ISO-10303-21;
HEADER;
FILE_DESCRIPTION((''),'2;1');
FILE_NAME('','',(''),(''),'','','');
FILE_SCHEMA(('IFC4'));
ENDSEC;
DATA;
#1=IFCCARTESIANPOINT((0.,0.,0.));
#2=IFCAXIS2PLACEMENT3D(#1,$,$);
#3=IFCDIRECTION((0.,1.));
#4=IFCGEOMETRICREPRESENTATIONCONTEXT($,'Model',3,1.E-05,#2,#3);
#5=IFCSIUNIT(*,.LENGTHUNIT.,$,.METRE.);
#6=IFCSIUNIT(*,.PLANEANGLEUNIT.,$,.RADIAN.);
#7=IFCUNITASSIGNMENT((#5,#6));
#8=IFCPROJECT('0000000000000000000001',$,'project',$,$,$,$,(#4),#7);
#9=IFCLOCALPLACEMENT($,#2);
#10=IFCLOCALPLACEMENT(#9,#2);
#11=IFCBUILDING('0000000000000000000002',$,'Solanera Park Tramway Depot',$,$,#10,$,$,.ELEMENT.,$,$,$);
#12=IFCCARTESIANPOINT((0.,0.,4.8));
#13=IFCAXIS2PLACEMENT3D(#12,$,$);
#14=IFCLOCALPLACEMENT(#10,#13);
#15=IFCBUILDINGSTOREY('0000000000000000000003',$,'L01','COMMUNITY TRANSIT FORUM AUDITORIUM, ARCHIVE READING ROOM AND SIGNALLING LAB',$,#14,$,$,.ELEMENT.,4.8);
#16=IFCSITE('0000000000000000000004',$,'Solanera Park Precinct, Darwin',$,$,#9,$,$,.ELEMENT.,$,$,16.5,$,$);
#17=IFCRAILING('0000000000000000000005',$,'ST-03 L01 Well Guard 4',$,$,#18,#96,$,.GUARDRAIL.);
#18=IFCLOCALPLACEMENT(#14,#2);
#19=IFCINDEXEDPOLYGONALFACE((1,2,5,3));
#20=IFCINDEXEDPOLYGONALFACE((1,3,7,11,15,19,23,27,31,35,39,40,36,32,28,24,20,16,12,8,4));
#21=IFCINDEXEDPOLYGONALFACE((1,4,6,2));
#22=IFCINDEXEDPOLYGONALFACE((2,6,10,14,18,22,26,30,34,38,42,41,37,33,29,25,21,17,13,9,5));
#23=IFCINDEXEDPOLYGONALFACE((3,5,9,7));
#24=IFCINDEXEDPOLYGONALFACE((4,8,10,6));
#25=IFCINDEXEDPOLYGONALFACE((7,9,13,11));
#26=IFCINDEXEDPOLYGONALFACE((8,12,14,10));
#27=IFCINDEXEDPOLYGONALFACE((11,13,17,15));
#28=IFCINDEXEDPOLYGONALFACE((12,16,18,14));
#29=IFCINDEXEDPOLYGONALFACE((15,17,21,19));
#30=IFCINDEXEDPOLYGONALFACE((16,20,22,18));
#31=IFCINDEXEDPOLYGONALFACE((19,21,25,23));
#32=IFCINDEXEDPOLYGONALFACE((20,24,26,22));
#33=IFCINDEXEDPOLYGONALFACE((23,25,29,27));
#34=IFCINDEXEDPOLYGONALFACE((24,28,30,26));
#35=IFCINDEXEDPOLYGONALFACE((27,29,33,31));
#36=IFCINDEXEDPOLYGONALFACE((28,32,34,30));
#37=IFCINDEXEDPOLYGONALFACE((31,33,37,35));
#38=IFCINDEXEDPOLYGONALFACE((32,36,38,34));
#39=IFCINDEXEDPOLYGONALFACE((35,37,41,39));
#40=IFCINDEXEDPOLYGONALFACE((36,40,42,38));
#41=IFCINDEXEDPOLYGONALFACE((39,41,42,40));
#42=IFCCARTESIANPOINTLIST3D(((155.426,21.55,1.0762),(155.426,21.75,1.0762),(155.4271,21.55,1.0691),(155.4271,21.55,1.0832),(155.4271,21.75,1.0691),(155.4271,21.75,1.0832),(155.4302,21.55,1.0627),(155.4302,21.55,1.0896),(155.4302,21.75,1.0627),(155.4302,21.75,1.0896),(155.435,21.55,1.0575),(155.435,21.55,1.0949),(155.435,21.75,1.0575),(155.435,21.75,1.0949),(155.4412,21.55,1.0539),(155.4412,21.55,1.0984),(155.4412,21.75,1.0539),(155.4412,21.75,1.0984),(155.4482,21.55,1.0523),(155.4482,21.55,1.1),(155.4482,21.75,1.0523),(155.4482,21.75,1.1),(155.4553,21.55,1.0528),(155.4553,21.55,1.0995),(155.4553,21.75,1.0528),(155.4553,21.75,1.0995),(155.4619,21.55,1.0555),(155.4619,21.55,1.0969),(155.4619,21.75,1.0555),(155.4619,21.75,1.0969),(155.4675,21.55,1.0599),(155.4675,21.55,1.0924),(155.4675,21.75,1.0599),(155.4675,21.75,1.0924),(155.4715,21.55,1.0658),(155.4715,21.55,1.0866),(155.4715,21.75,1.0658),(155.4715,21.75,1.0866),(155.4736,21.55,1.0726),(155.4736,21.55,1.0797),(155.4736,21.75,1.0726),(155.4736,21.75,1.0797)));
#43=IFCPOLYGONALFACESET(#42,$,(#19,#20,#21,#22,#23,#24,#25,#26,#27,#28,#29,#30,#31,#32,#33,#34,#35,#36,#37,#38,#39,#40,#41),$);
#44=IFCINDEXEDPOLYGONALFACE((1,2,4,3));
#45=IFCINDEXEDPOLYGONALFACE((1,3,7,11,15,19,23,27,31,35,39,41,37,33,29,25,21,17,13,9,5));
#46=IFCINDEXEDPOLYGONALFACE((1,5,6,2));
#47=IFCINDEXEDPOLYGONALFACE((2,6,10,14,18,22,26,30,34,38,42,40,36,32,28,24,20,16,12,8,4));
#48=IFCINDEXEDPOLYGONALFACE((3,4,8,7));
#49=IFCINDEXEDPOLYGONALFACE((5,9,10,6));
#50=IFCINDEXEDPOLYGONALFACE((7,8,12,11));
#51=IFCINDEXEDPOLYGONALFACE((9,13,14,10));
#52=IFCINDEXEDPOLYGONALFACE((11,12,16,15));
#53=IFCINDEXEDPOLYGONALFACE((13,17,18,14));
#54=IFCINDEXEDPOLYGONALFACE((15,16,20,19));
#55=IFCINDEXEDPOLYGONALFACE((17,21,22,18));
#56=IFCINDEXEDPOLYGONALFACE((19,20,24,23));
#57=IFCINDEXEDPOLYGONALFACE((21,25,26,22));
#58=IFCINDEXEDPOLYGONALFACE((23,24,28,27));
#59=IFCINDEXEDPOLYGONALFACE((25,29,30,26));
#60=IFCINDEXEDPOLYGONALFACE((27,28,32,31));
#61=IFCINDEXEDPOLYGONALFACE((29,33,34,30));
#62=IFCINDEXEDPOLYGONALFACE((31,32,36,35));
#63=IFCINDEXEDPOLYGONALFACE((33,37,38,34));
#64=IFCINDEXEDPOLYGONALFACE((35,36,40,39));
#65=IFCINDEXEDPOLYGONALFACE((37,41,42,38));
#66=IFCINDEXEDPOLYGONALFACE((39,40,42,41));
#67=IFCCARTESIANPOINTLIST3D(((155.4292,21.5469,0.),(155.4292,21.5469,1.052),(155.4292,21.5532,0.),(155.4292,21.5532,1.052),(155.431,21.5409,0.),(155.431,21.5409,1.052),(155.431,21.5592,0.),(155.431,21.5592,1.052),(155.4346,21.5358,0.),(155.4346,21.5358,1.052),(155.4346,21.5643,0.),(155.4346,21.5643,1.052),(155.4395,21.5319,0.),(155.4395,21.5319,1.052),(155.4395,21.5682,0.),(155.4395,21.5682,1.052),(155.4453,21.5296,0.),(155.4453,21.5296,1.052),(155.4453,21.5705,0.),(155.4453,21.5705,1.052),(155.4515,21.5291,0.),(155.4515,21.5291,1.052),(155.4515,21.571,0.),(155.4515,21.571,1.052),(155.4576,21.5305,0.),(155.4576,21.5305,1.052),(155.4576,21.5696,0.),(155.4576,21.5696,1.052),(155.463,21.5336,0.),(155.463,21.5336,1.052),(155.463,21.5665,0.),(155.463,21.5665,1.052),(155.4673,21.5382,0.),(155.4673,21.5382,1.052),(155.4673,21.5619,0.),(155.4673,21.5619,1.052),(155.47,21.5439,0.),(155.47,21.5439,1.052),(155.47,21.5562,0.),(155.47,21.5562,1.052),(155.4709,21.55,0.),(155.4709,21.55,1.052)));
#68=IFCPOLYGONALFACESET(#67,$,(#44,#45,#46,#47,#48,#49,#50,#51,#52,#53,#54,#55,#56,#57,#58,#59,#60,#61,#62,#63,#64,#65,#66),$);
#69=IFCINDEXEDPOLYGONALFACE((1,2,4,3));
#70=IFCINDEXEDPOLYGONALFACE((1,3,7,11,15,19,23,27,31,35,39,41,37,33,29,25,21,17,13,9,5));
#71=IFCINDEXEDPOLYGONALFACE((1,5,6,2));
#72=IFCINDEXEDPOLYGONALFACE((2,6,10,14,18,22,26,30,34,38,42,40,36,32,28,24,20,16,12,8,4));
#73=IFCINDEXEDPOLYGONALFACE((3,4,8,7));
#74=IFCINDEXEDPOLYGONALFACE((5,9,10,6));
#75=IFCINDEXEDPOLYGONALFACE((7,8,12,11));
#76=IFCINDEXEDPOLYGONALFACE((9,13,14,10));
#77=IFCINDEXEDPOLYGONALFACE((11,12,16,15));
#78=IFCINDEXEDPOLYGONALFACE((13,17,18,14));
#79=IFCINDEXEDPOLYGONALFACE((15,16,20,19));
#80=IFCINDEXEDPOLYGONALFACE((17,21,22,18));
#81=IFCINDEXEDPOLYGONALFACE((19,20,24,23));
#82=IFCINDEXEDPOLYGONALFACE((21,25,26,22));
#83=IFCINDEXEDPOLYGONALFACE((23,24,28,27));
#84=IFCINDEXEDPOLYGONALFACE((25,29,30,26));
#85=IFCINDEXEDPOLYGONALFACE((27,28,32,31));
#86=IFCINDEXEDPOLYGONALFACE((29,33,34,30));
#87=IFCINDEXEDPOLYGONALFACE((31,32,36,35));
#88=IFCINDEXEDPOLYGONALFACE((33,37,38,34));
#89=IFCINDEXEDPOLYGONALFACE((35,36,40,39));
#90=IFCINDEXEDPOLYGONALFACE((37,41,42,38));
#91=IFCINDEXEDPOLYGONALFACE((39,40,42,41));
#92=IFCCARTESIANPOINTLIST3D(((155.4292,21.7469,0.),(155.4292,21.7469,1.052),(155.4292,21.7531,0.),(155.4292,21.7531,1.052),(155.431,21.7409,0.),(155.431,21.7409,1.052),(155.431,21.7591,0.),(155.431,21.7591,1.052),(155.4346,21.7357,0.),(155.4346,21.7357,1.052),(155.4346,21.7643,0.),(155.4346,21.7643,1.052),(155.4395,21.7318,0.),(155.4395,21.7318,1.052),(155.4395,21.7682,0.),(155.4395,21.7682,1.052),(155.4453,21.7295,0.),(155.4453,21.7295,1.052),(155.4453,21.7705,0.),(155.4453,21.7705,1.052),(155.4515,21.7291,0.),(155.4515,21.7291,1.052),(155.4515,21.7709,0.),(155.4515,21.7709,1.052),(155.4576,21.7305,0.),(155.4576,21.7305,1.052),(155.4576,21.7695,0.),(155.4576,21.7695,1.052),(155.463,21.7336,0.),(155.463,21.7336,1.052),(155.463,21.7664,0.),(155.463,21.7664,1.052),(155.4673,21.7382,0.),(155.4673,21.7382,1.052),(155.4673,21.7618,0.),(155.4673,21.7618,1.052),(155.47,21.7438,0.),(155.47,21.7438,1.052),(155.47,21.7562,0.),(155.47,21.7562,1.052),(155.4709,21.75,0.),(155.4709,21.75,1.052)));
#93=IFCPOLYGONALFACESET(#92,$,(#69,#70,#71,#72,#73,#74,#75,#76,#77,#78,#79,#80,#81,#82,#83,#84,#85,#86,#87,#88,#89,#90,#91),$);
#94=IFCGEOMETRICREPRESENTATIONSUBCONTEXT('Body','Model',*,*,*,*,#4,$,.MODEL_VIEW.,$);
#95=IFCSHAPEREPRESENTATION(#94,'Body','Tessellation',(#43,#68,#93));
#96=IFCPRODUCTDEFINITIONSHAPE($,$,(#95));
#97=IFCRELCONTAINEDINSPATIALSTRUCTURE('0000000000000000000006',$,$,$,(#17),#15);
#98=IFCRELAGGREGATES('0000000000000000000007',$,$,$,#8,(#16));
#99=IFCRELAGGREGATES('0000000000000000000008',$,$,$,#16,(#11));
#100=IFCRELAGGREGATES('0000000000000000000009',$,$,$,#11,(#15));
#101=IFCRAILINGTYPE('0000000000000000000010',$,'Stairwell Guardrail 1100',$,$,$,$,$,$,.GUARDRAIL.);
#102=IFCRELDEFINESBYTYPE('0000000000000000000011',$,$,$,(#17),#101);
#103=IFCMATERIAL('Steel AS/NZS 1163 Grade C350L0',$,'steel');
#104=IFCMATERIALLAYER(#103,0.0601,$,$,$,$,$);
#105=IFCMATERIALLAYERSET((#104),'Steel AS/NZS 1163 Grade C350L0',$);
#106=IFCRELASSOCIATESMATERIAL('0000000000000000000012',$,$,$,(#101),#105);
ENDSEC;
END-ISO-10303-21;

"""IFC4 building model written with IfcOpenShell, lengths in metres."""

from ifc_helpers import new_model, si_unit, direction, frame, origin, origin_2d, place, context, subcontext, project, spatial, circle, extrude, material, layer, layer_set, type_object, element, save


model = new_model("IFC4")

# Units and contexts
model_context = context("Model", 3, precision=1e-05, world=origin(), true_north=direction((0.0, 1.0)))
body_context = subcontext(model_context, "Body", "Model", "MODEL_VIEW")
ifc_project = project(units=[si_unit("LENGTHUNIT", "METRE"), si_unit("PLANEANGLEUNIT", "RADIAN")], contexts=[model_context])

# Site, building, storey
site_placement = place(None, origin())
site = spatial("IfcSite", under=ifc_project, at=site_placement, Name="Solanera Park Precinct, Darwin", CompositionType="ELEMENT", RefElevation=16.5)
building_placement = place(site_placement, origin())
building = spatial("IfcBuilding", under=site, at=building_placement, Name="Solanera Park Tramway Depot", CompositionType="ELEMENT")
storey_placement = place(building_placement, frame((0.0, 0.0, 4.8)))
storey = spatial("IfcBuildingStorey", under=building, at=storey_placement, Name="L01", Description="COMMUNITY TRANSIT FORUM AUDITORIUM, ARCHIVE READING ROOM AND SIGNALLING LAB", CompositionType="ELEMENT", Elevation=4.8)

# Railing
ifc_material_1 = material(Name="Steel AS/NZS 1163 Grade C350L0", Category="steel")
ifc_layer_1 = layer(ifc_material_1, 0.0601)
ifc_layer_set_1 = layer_set([ifc_layer_1], Name="Steel AS/NZS 1163 Grade C350L0")
railing_type_1 = type_object("IfcRailingType", Name="Stairwell Guardrail 1100", PredefinedType="GUARDRAIL", material=ifc_layer_set_1)
railing_1_placement = place(storey_placement, frame((155.45, 21.55, 0.0)))
element("IfcRailing", 1, at=railing_1_placement, inside=storey, type_object=railing_type_1, Name="ST-03 L01 Well Guard 4", PredefinedType="GUARDRAIL", context=body_context, shape_type="SweptSolid", body=[
    extrude(circle(Radius=0.0239, at=origin_2d()), frame((0.0, 0.0, 1.0762), z_axis=(0.0, 1.0, 0.0), x_axis=(-1.0, 0.0, 0.0)), (0.0, 0.0, 1.0), 0.2),
    extrude(circle(Radius=0.021, at=origin_2d()), origin(), (0.0, 0.0, 1.0), 1.052),
    extrude(circle(Radius=0.021, at=origin_2d()), frame((0.0, 0.2, 0.0)), (0.0, 0.0, 1.0), 1.052),
])

save(model, "model.ifc")
